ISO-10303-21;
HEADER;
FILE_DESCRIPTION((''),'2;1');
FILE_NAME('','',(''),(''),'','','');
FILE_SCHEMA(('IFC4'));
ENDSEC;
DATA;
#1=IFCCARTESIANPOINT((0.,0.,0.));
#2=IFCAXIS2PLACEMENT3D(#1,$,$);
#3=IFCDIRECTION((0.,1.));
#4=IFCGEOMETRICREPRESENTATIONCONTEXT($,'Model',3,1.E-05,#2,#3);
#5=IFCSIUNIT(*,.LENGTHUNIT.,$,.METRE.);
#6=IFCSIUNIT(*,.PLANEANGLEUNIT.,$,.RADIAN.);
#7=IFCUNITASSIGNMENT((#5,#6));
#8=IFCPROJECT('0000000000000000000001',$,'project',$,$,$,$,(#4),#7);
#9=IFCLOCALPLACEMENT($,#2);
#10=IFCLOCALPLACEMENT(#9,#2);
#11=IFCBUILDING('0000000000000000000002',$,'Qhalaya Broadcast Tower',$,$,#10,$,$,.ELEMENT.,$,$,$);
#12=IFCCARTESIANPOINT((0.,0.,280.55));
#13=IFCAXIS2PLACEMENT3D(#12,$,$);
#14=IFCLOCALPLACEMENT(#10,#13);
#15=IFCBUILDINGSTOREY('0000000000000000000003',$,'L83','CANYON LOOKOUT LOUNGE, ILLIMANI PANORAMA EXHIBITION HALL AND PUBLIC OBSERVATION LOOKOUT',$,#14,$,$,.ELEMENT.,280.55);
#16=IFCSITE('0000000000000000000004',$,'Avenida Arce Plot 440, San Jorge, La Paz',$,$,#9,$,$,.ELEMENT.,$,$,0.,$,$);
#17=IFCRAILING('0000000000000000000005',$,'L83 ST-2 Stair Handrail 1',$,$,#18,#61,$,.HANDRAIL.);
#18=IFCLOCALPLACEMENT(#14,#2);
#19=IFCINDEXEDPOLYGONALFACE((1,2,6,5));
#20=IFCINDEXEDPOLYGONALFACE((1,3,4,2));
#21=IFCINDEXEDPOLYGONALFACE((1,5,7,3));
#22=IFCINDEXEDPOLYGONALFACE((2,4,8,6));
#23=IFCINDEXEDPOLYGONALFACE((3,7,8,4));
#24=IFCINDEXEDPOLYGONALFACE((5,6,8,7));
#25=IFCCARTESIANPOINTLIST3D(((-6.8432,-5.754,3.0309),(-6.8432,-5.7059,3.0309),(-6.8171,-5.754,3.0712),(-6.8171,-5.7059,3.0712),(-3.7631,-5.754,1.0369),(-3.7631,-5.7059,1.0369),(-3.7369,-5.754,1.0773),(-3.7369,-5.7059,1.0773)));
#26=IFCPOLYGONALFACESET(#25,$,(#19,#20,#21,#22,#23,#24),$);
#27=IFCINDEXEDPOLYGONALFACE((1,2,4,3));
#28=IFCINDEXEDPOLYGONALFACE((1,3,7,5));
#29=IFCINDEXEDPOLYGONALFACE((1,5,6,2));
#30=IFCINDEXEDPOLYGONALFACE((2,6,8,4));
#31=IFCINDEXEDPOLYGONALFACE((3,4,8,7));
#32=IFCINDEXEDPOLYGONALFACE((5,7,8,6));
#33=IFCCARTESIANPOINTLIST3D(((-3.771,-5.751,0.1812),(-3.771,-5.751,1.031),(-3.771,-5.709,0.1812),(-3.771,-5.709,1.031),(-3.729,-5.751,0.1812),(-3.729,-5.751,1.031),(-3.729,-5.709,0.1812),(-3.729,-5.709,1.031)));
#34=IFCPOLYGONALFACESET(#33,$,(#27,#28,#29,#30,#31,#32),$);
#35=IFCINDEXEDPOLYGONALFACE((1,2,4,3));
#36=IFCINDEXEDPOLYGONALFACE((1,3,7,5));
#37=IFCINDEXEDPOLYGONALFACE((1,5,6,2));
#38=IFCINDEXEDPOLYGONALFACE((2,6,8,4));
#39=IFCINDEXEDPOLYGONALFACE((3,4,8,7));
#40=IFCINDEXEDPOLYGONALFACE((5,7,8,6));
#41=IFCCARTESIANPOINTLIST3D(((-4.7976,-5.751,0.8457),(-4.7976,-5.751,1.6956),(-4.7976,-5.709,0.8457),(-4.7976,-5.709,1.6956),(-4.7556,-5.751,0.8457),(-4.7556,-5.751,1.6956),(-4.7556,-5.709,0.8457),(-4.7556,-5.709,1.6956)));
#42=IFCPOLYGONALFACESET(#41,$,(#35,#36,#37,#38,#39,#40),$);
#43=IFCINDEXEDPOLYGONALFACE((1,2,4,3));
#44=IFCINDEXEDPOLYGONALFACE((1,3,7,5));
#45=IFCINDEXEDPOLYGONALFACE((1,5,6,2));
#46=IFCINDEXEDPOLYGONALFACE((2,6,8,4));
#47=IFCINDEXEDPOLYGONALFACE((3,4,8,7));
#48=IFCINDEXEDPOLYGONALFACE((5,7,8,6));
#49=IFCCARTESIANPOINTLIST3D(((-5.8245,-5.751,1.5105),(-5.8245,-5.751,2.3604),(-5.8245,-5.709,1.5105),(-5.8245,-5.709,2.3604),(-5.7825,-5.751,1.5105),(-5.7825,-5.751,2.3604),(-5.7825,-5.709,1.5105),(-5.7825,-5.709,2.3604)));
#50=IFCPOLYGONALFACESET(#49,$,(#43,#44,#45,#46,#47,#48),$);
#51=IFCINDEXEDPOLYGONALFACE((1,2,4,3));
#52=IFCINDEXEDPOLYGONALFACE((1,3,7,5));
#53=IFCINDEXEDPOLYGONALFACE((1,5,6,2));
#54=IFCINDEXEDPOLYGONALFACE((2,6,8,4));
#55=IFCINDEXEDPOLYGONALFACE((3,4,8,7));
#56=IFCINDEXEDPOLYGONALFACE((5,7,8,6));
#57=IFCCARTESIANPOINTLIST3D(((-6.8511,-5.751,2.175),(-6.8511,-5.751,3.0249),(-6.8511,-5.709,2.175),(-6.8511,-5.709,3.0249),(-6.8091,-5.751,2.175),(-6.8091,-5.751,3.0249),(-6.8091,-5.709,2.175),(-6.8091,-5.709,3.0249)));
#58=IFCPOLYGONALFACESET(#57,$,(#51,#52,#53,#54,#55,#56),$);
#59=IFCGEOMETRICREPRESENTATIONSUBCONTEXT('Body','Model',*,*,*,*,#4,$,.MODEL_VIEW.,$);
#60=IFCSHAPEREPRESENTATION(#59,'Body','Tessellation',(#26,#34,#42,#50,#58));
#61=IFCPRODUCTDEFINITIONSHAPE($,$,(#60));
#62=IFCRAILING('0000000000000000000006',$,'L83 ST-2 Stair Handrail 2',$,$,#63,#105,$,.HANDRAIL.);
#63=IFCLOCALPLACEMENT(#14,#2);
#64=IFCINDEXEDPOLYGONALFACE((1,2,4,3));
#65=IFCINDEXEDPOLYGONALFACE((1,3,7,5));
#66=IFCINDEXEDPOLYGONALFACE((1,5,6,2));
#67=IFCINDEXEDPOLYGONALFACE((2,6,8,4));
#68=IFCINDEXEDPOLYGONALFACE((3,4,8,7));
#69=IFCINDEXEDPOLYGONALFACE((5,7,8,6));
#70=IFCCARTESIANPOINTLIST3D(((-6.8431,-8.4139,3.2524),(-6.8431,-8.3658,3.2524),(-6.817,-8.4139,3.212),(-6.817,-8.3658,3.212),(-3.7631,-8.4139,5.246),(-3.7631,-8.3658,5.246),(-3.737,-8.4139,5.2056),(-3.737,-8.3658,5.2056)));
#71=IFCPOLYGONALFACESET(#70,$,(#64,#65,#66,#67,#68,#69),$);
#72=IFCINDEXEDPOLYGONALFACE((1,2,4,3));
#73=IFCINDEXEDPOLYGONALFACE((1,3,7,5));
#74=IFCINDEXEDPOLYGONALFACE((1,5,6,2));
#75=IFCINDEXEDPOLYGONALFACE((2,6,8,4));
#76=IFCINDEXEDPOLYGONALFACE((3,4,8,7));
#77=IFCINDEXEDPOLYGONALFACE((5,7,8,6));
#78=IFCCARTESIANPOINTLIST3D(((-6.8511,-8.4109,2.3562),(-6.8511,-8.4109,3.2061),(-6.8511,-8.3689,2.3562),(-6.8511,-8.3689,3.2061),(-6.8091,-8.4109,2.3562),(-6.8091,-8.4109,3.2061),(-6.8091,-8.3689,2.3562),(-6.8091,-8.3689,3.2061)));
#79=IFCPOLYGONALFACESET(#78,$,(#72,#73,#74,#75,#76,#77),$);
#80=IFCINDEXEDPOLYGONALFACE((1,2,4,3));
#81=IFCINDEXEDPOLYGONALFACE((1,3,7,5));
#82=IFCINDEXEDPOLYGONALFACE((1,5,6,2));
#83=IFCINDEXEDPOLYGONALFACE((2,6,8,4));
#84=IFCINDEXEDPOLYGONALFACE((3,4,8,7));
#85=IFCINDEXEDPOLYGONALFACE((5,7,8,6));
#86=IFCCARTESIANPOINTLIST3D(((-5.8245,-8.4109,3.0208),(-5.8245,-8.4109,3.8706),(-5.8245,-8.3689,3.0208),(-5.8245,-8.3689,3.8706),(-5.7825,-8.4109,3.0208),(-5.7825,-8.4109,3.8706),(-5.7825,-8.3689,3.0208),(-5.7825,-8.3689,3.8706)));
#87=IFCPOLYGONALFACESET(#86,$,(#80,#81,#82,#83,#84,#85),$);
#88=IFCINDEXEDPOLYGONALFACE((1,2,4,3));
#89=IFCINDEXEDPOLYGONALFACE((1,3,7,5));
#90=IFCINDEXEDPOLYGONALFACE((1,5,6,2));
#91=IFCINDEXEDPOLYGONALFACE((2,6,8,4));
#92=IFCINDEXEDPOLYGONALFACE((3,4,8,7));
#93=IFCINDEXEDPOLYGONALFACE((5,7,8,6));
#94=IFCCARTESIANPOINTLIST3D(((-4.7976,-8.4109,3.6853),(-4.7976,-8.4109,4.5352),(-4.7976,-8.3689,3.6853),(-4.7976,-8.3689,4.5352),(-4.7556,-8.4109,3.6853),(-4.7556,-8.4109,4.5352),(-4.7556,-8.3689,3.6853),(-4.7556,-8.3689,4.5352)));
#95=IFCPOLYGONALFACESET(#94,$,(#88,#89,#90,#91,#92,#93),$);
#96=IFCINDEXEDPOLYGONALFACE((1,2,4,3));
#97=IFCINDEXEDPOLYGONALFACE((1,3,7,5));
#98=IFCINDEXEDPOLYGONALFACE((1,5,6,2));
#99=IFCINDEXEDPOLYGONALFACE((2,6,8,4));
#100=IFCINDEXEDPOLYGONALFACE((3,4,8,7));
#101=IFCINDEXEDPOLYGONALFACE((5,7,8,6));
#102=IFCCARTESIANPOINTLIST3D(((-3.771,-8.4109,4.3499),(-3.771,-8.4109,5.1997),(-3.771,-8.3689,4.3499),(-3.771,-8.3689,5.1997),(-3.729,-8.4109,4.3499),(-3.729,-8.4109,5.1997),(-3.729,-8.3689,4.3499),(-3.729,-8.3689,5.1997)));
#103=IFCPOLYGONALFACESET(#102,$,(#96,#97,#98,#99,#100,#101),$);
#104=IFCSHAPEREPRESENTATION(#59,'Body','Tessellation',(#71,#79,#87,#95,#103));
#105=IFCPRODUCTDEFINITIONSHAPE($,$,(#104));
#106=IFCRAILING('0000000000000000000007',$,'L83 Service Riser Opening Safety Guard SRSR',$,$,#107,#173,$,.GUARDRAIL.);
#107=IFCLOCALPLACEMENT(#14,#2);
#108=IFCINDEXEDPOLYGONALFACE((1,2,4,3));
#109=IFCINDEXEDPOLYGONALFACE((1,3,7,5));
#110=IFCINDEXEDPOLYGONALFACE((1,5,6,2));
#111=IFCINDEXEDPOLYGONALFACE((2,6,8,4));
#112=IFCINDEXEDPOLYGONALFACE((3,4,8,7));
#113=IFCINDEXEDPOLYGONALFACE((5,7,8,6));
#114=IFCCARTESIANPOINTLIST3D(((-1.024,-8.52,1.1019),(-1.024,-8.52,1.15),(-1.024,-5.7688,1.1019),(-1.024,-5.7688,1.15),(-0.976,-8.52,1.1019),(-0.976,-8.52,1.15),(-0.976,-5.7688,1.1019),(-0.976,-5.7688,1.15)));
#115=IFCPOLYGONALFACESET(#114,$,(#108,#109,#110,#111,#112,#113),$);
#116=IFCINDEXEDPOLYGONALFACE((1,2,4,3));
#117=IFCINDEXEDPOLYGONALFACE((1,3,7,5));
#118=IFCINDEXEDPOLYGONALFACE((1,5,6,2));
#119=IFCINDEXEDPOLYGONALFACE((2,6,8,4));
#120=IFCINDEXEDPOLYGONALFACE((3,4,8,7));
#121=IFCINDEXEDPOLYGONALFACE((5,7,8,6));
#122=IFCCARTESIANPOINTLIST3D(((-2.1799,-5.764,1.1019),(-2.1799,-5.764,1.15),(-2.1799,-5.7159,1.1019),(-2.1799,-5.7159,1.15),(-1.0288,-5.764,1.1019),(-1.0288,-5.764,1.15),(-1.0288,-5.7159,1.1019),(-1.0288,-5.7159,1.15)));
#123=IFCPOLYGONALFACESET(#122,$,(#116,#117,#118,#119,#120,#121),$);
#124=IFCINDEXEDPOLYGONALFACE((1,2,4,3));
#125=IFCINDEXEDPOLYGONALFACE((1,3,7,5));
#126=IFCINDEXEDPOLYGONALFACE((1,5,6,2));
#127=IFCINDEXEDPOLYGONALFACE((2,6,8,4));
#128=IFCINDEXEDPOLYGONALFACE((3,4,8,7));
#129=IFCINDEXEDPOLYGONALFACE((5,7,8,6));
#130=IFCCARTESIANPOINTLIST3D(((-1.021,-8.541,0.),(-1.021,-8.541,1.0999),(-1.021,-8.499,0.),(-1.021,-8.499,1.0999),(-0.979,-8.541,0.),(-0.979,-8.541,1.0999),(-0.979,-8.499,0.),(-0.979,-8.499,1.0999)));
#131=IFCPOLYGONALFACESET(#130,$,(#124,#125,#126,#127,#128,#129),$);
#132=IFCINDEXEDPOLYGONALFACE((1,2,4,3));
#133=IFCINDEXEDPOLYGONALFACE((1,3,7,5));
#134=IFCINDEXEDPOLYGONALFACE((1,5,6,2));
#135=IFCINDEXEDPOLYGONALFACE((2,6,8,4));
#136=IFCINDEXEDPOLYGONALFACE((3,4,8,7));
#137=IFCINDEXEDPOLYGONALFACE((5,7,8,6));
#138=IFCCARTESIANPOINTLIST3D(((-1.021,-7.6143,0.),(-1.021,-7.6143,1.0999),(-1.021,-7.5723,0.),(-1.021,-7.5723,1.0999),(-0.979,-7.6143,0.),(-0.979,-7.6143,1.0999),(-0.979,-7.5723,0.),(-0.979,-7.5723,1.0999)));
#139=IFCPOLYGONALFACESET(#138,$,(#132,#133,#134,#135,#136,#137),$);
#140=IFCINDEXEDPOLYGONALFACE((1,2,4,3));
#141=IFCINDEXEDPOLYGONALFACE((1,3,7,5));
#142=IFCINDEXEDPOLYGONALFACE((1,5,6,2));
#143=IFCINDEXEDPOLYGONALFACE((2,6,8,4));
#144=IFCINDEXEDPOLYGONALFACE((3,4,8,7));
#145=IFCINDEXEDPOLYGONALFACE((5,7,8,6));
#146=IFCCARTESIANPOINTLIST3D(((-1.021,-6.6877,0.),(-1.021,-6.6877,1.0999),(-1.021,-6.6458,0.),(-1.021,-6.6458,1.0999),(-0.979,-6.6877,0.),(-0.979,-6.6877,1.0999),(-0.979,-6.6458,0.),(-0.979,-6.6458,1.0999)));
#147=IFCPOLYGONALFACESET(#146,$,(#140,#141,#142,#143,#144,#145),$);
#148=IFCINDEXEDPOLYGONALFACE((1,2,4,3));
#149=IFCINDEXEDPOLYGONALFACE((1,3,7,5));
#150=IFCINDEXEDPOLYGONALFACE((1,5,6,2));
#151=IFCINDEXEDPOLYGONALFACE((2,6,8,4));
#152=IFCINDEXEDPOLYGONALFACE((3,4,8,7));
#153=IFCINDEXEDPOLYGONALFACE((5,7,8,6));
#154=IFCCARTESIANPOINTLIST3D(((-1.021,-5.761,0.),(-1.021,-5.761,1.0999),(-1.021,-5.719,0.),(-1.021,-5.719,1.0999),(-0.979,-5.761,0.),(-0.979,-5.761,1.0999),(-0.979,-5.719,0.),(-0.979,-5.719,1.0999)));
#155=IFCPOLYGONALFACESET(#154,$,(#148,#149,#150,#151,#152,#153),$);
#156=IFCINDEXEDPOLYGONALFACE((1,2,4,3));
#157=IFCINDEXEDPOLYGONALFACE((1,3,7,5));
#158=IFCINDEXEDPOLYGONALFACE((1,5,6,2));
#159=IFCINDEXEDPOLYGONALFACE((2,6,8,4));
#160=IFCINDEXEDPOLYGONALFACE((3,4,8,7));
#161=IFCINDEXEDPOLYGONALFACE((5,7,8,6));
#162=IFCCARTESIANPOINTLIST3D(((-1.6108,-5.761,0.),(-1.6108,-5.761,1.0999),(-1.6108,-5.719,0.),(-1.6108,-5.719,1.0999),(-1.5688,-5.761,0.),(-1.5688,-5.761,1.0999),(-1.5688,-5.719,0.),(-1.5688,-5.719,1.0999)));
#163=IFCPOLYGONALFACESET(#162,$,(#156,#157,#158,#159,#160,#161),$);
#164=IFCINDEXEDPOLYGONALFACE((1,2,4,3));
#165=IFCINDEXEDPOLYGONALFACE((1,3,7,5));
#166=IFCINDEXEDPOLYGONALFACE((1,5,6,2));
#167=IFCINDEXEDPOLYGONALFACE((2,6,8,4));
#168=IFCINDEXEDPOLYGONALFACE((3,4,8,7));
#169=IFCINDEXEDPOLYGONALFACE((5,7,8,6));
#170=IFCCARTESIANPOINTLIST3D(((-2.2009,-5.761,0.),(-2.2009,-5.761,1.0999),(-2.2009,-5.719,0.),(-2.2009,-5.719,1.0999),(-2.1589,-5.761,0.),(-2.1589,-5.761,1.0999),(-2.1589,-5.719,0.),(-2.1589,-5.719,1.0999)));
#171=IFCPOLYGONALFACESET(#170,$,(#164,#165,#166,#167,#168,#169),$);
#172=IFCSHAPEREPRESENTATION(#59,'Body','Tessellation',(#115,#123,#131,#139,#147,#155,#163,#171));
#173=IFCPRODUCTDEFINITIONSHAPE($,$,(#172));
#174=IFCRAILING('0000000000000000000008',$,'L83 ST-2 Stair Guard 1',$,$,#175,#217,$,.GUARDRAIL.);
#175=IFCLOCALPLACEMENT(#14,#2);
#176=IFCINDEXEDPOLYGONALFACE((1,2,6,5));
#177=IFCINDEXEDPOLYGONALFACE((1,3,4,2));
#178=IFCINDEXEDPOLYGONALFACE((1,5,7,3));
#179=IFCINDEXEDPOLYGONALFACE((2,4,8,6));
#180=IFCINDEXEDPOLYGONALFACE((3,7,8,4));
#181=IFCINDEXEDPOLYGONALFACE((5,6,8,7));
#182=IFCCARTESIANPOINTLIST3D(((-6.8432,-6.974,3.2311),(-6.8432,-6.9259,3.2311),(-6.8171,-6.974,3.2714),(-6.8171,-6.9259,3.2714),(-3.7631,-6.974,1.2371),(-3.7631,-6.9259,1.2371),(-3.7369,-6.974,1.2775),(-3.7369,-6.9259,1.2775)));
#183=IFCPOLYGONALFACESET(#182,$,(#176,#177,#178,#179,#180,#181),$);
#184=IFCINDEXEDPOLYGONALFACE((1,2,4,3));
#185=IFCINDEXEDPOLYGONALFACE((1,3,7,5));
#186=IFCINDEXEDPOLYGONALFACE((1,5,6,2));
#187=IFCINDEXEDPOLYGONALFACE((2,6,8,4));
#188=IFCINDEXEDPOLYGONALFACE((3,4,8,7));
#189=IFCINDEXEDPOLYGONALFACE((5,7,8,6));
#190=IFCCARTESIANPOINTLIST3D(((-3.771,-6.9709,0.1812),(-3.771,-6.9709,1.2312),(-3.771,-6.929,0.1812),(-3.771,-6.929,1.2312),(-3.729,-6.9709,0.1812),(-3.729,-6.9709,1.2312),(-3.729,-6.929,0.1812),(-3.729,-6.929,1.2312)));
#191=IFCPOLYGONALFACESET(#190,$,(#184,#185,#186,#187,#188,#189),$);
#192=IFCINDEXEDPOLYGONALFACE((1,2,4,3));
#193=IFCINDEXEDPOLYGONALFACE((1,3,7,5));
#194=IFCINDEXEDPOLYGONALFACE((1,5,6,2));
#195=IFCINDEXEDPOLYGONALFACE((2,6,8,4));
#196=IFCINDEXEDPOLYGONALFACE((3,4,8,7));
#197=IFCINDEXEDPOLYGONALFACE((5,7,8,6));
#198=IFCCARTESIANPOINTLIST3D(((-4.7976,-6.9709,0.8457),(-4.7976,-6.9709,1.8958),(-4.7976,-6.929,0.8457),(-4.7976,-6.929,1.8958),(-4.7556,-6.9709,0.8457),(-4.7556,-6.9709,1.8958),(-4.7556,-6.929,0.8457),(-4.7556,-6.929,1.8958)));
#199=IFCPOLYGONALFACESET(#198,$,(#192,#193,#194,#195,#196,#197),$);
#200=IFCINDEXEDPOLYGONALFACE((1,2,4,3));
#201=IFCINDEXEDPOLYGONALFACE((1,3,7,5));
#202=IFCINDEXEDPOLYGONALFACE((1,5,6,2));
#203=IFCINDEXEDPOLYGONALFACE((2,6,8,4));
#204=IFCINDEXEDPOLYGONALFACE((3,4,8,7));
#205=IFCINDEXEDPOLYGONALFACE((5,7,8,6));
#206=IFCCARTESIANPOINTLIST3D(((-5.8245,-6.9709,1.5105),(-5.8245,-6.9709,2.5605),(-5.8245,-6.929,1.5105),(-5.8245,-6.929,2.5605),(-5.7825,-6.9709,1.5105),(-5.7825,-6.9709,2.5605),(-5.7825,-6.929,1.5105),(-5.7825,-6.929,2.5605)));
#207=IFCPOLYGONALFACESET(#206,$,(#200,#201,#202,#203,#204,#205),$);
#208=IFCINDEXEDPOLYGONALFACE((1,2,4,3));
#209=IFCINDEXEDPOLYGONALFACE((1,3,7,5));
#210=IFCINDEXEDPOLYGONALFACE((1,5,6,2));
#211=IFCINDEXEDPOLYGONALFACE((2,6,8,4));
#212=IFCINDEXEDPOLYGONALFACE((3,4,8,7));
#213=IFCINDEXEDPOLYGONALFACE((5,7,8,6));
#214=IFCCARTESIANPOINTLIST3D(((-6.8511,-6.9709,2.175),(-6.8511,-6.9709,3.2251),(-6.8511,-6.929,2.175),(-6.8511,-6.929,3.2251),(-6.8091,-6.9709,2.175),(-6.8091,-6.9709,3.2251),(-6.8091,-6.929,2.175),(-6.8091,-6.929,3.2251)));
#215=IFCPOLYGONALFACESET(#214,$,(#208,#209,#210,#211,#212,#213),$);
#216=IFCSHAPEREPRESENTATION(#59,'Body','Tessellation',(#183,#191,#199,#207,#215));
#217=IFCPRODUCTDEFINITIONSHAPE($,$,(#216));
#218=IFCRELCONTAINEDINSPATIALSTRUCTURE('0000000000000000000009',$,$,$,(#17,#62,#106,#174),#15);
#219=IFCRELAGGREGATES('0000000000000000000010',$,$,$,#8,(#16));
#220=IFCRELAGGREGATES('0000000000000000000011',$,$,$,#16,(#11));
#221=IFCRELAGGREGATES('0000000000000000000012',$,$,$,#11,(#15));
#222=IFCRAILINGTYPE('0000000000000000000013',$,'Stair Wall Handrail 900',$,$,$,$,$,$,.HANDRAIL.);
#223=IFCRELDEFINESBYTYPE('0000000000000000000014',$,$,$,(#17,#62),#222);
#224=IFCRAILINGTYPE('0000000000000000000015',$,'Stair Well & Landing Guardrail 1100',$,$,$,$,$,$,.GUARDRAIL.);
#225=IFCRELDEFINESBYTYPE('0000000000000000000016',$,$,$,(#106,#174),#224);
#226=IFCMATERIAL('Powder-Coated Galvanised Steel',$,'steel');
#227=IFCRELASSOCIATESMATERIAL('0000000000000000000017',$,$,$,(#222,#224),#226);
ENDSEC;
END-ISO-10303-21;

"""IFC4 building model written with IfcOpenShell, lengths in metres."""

from ifc_helpers import new_model, si_unit, direction, frame, origin, origin_2d, place, context, subcontext, project, spatial, rectangle, extrude, material, type_object, element, save


model = new_model("IFC4")

# Units and contexts
model_context = context("Model", 3, precision=1e-05, world=origin(), true_north=direction((0.0, 1.0)))
body_context = subcontext(model_context, "Body", "Model", "MODEL_VIEW")
ifc_project = project(units=[si_unit("LENGTHUNIT", "METRE"), si_unit("PLANEANGLEUNIT", "RADIAN")], contexts=[model_context])

# Site, building, storey
site_placement = place(None, origin())
site = spatial("IfcSite", under=ifc_project, at=site_placement, Name="Avenida Arce Plot 440, San Jorge, La Paz", CompositionType="ELEMENT", RefElevation=0.0)
building_placement = place(site_placement, origin())
building = spatial("IfcBuilding", under=site, at=building_placement, Name="Qhalaya Broadcast Tower", CompositionType="ELEMENT")
storey_placement = place(building_placement, frame((0.0, 0.0, 280.55)))
storey = spatial("IfcBuildingStorey", under=building, at=storey_placement, Name="L83", Description="CANYON LOOKOUT LOUNGE, ILLIMANI PANORAMA EXHIBITION HALL AND PUBLIC OBSERVATION LOOKOUT", CompositionType="ELEMENT", Elevation=280.55)

# Railings
ifc_material_1 = material(Name="Powder-Coated Galvanised Steel", Category="steel")
railing_type_1 = type_object("IfcRailingType", Name="Stair Wall Handrail 900", PredefinedType="HANDRAIL", material=ifc_material_1)
railing_1_placement = place(storey_placement, frame((-3.75, -5.73, 0.1812)))
element("IfcRailing", 1, at=railing_1_placement, inside=storey, type_object=railing_type_1, Name="L83 ST-2 Stair Handrail 1", PredefinedType="HANDRAIL", context=body_context, shape_type="SweptSolid", body=[
    extrude(rectangle(XDim=0.0481, YDim=0.0481, at=origin_2d()), frame((0.0, 0.0, 0.876), z_axis=(-0.839458, 0.0, 0.543425), x_axis=(0.0, -1.0, 0.0)), (0.0, 0.0, 1.0), 3.6692),
    extrude(rectangle(XDim=0.042, YDim=0.042, at=origin_2d()), origin(), (0.0, 0.0, 1.0), 0.8499),
    extrude(rectangle(XDim=0.042, YDim=0.042, at=origin_2d()), frame((-1.0266, 0.0, 0.6646)), (0.0, 0.0, 1.0), 0.8499),
    extrude(rectangle(XDim=0.042, YDim=0.042, at=origin_2d()), frame((-2.0535, 0.0, 1.3293)), (0.0, 0.0, 1.0), 0.8499),
    extrude(rectangle(XDim=0.042, YDim=0.042, at=origin_2d()), frame((-3.0801, 0.0, 1.9939)), (0.0, 0.0, 1.0), 0.8499),
])
railing_2_placement = place(storey_placement, frame((-6.8301, -8.3899, 2.3562)))
element("IfcRailing", 2, at=railing_2_placement, inside=storey, type_object=railing_type_1, Name="L83 ST-2 Stair Handrail 2", PredefinedType="HANDRAIL", context=body_context, shape_type="SweptSolid", body=[
    extrude(rectangle(XDim=0.0481, YDim=0.0481, at=origin_2d()), frame((0.0, 0.0, 0.876), z_axis=(0.839488, 0.0, 0.543378), x_axis=(0.0, 1.0, 0.0)), (0.0, 0.0, 1.0), 3.6689),
    extrude(rectangle(XDim=0.042, YDim=0.042, at=origin_2d()), origin(), (0.0, 0.0, 1.0), 0.8499),
    extrude(rectangle(XDim=0.042, YDim=0.042, at=origin_2d()), frame((1.0266, 0.0, 0.6646)), (0.0, 0.0, 1.0), 0.8499),
    extrude(rectangle(XDim=0.042, YDim=0.042, at=origin_2d()), frame((2.0535, 0.0, 1.3291)), (0.0, 0.0, 1.0), 0.8499),
    extrude(rectangle(XDim=0.042, YDim=0.042, at=origin_2d()), frame((3.0801, 0.0, 1.9937)), (0.0, 0.0, 1.0), 0.8499),
])
railing_type_2 = type_object("IfcRailingType", Name="Stair Well & Landing Guardrail 1100", PredefinedType="GUARDRAIL", material=ifc_material_1)
railing_3_placement = place(storey_placement, frame((-1.0, -8.52, 0.0)))
element("IfcRailing", 3, at=railing_3_placement, inside=storey, type_object=railing_type_2, Name="L83 Service Riser Opening Safety Guard SRSR", PredefinedType="GUARDRAIL", context=body_context, shape_type="SweptSolid", body=[
    extrude(rectangle(XDim=0.0481, YDim=0.0481, at=origin_2d()), frame((0.0, 0.0, 1.126), z_axis=(0.0, 1.0, 0.0), x_axis=(-1.0, 0.0, 0.0)), (0.0, 0.0, 1.0), 2.7512),
    extrude(rectangle(XDim=0.0481, YDim=0.0481, at=origin_2d()), frame((-0.0288, 2.78, 1.126), z_axis=(-1.0, 0.0, 0.0), x_axis=(0.0, -1.0, 0.0)), (0.0, 0.0, 1.0), 1.1511),
    extrude(rectangle(XDim=0.042, YDim=0.042, at=origin_2d()), origin(), (0.0, 0.0, 1.0), 1.0999),
    extrude(rectangle(XDim=0.042, YDim=0.042, at=origin_2d()), frame((0.0, 0.9268, 0.0)), (0.0, 0.0, 1.0), 1.0999),
    extrude(rectangle(XDim=0.042, YDim=0.042, at=origin_2d()), frame((0.0, 1.8533, 0.0)), (0.0, 0.0, 1.0), 1.0999),
    extrude(rectangle(XDim=0.042, YDim=0.042, at=origin_2d()), frame((0.0, 2.78, 0.0)), (0.0, 0.0, 1.0), 1.0999),
    extrude(rectangle(XDim=0.042, YDim=0.042, at=origin_2d()), frame((-0.5898, 2.78, 0.0)), (0.0, 0.0, 1.0), 1.0999),
    extrude(rectangle(XDim=0.042, YDim=0.042, at=origin_2d()), frame((-1.1799, 2.78, 0.0)), (0.0, 0.0, 1.0), 1.0999),
])
railing_4_placement = place(storey_placement, frame((-3.75, -6.95, 0.1812)))
element("IfcRailing", 4, at=railing_4_placement, inside=storey, type_object=railing_type_2, Name="L83 ST-2 Stair Guard 1", PredefinedType="GUARDRAIL", context=body_context, shape_type="SweptSolid", body=[
    extrude(rectangle(XDim=0.0481, YDim=0.0481, at=origin_2d()), frame((0.0, 0.0, 1.0762), z_axis=(-0.839458, 0.0, 0.543425), x_axis=(0.0, -1.0, 0.0)), (0.0, 0.0, 1.0), 3.6692),
    extrude(rectangle(XDim=0.042, YDim=0.042, at=origin_2d()), origin(), (0.0, 0.0, 1.0), 1.05),
    extrude(rectangle(XDim=0.042, YDim=0.042, at=origin_2d()), frame((-1.0266, 0.0, 0.6646)), (0.0, 0.0, 1.0), 1.05),
    extrude(rectangle(XDim=0.042, YDim=0.042, at=origin_2d()), frame((-2.0535, 0.0, 1.3293)), (0.0, 0.0, 1.0), 1.05),
    extrude(rectangle(XDim=0.042, YDim=0.042, at=origin_2d()), frame((-3.0801, 0.0, 1.9939)), (0.0, 0.0, 1.0), 1.05),
])

save(model, "model.ifc")
